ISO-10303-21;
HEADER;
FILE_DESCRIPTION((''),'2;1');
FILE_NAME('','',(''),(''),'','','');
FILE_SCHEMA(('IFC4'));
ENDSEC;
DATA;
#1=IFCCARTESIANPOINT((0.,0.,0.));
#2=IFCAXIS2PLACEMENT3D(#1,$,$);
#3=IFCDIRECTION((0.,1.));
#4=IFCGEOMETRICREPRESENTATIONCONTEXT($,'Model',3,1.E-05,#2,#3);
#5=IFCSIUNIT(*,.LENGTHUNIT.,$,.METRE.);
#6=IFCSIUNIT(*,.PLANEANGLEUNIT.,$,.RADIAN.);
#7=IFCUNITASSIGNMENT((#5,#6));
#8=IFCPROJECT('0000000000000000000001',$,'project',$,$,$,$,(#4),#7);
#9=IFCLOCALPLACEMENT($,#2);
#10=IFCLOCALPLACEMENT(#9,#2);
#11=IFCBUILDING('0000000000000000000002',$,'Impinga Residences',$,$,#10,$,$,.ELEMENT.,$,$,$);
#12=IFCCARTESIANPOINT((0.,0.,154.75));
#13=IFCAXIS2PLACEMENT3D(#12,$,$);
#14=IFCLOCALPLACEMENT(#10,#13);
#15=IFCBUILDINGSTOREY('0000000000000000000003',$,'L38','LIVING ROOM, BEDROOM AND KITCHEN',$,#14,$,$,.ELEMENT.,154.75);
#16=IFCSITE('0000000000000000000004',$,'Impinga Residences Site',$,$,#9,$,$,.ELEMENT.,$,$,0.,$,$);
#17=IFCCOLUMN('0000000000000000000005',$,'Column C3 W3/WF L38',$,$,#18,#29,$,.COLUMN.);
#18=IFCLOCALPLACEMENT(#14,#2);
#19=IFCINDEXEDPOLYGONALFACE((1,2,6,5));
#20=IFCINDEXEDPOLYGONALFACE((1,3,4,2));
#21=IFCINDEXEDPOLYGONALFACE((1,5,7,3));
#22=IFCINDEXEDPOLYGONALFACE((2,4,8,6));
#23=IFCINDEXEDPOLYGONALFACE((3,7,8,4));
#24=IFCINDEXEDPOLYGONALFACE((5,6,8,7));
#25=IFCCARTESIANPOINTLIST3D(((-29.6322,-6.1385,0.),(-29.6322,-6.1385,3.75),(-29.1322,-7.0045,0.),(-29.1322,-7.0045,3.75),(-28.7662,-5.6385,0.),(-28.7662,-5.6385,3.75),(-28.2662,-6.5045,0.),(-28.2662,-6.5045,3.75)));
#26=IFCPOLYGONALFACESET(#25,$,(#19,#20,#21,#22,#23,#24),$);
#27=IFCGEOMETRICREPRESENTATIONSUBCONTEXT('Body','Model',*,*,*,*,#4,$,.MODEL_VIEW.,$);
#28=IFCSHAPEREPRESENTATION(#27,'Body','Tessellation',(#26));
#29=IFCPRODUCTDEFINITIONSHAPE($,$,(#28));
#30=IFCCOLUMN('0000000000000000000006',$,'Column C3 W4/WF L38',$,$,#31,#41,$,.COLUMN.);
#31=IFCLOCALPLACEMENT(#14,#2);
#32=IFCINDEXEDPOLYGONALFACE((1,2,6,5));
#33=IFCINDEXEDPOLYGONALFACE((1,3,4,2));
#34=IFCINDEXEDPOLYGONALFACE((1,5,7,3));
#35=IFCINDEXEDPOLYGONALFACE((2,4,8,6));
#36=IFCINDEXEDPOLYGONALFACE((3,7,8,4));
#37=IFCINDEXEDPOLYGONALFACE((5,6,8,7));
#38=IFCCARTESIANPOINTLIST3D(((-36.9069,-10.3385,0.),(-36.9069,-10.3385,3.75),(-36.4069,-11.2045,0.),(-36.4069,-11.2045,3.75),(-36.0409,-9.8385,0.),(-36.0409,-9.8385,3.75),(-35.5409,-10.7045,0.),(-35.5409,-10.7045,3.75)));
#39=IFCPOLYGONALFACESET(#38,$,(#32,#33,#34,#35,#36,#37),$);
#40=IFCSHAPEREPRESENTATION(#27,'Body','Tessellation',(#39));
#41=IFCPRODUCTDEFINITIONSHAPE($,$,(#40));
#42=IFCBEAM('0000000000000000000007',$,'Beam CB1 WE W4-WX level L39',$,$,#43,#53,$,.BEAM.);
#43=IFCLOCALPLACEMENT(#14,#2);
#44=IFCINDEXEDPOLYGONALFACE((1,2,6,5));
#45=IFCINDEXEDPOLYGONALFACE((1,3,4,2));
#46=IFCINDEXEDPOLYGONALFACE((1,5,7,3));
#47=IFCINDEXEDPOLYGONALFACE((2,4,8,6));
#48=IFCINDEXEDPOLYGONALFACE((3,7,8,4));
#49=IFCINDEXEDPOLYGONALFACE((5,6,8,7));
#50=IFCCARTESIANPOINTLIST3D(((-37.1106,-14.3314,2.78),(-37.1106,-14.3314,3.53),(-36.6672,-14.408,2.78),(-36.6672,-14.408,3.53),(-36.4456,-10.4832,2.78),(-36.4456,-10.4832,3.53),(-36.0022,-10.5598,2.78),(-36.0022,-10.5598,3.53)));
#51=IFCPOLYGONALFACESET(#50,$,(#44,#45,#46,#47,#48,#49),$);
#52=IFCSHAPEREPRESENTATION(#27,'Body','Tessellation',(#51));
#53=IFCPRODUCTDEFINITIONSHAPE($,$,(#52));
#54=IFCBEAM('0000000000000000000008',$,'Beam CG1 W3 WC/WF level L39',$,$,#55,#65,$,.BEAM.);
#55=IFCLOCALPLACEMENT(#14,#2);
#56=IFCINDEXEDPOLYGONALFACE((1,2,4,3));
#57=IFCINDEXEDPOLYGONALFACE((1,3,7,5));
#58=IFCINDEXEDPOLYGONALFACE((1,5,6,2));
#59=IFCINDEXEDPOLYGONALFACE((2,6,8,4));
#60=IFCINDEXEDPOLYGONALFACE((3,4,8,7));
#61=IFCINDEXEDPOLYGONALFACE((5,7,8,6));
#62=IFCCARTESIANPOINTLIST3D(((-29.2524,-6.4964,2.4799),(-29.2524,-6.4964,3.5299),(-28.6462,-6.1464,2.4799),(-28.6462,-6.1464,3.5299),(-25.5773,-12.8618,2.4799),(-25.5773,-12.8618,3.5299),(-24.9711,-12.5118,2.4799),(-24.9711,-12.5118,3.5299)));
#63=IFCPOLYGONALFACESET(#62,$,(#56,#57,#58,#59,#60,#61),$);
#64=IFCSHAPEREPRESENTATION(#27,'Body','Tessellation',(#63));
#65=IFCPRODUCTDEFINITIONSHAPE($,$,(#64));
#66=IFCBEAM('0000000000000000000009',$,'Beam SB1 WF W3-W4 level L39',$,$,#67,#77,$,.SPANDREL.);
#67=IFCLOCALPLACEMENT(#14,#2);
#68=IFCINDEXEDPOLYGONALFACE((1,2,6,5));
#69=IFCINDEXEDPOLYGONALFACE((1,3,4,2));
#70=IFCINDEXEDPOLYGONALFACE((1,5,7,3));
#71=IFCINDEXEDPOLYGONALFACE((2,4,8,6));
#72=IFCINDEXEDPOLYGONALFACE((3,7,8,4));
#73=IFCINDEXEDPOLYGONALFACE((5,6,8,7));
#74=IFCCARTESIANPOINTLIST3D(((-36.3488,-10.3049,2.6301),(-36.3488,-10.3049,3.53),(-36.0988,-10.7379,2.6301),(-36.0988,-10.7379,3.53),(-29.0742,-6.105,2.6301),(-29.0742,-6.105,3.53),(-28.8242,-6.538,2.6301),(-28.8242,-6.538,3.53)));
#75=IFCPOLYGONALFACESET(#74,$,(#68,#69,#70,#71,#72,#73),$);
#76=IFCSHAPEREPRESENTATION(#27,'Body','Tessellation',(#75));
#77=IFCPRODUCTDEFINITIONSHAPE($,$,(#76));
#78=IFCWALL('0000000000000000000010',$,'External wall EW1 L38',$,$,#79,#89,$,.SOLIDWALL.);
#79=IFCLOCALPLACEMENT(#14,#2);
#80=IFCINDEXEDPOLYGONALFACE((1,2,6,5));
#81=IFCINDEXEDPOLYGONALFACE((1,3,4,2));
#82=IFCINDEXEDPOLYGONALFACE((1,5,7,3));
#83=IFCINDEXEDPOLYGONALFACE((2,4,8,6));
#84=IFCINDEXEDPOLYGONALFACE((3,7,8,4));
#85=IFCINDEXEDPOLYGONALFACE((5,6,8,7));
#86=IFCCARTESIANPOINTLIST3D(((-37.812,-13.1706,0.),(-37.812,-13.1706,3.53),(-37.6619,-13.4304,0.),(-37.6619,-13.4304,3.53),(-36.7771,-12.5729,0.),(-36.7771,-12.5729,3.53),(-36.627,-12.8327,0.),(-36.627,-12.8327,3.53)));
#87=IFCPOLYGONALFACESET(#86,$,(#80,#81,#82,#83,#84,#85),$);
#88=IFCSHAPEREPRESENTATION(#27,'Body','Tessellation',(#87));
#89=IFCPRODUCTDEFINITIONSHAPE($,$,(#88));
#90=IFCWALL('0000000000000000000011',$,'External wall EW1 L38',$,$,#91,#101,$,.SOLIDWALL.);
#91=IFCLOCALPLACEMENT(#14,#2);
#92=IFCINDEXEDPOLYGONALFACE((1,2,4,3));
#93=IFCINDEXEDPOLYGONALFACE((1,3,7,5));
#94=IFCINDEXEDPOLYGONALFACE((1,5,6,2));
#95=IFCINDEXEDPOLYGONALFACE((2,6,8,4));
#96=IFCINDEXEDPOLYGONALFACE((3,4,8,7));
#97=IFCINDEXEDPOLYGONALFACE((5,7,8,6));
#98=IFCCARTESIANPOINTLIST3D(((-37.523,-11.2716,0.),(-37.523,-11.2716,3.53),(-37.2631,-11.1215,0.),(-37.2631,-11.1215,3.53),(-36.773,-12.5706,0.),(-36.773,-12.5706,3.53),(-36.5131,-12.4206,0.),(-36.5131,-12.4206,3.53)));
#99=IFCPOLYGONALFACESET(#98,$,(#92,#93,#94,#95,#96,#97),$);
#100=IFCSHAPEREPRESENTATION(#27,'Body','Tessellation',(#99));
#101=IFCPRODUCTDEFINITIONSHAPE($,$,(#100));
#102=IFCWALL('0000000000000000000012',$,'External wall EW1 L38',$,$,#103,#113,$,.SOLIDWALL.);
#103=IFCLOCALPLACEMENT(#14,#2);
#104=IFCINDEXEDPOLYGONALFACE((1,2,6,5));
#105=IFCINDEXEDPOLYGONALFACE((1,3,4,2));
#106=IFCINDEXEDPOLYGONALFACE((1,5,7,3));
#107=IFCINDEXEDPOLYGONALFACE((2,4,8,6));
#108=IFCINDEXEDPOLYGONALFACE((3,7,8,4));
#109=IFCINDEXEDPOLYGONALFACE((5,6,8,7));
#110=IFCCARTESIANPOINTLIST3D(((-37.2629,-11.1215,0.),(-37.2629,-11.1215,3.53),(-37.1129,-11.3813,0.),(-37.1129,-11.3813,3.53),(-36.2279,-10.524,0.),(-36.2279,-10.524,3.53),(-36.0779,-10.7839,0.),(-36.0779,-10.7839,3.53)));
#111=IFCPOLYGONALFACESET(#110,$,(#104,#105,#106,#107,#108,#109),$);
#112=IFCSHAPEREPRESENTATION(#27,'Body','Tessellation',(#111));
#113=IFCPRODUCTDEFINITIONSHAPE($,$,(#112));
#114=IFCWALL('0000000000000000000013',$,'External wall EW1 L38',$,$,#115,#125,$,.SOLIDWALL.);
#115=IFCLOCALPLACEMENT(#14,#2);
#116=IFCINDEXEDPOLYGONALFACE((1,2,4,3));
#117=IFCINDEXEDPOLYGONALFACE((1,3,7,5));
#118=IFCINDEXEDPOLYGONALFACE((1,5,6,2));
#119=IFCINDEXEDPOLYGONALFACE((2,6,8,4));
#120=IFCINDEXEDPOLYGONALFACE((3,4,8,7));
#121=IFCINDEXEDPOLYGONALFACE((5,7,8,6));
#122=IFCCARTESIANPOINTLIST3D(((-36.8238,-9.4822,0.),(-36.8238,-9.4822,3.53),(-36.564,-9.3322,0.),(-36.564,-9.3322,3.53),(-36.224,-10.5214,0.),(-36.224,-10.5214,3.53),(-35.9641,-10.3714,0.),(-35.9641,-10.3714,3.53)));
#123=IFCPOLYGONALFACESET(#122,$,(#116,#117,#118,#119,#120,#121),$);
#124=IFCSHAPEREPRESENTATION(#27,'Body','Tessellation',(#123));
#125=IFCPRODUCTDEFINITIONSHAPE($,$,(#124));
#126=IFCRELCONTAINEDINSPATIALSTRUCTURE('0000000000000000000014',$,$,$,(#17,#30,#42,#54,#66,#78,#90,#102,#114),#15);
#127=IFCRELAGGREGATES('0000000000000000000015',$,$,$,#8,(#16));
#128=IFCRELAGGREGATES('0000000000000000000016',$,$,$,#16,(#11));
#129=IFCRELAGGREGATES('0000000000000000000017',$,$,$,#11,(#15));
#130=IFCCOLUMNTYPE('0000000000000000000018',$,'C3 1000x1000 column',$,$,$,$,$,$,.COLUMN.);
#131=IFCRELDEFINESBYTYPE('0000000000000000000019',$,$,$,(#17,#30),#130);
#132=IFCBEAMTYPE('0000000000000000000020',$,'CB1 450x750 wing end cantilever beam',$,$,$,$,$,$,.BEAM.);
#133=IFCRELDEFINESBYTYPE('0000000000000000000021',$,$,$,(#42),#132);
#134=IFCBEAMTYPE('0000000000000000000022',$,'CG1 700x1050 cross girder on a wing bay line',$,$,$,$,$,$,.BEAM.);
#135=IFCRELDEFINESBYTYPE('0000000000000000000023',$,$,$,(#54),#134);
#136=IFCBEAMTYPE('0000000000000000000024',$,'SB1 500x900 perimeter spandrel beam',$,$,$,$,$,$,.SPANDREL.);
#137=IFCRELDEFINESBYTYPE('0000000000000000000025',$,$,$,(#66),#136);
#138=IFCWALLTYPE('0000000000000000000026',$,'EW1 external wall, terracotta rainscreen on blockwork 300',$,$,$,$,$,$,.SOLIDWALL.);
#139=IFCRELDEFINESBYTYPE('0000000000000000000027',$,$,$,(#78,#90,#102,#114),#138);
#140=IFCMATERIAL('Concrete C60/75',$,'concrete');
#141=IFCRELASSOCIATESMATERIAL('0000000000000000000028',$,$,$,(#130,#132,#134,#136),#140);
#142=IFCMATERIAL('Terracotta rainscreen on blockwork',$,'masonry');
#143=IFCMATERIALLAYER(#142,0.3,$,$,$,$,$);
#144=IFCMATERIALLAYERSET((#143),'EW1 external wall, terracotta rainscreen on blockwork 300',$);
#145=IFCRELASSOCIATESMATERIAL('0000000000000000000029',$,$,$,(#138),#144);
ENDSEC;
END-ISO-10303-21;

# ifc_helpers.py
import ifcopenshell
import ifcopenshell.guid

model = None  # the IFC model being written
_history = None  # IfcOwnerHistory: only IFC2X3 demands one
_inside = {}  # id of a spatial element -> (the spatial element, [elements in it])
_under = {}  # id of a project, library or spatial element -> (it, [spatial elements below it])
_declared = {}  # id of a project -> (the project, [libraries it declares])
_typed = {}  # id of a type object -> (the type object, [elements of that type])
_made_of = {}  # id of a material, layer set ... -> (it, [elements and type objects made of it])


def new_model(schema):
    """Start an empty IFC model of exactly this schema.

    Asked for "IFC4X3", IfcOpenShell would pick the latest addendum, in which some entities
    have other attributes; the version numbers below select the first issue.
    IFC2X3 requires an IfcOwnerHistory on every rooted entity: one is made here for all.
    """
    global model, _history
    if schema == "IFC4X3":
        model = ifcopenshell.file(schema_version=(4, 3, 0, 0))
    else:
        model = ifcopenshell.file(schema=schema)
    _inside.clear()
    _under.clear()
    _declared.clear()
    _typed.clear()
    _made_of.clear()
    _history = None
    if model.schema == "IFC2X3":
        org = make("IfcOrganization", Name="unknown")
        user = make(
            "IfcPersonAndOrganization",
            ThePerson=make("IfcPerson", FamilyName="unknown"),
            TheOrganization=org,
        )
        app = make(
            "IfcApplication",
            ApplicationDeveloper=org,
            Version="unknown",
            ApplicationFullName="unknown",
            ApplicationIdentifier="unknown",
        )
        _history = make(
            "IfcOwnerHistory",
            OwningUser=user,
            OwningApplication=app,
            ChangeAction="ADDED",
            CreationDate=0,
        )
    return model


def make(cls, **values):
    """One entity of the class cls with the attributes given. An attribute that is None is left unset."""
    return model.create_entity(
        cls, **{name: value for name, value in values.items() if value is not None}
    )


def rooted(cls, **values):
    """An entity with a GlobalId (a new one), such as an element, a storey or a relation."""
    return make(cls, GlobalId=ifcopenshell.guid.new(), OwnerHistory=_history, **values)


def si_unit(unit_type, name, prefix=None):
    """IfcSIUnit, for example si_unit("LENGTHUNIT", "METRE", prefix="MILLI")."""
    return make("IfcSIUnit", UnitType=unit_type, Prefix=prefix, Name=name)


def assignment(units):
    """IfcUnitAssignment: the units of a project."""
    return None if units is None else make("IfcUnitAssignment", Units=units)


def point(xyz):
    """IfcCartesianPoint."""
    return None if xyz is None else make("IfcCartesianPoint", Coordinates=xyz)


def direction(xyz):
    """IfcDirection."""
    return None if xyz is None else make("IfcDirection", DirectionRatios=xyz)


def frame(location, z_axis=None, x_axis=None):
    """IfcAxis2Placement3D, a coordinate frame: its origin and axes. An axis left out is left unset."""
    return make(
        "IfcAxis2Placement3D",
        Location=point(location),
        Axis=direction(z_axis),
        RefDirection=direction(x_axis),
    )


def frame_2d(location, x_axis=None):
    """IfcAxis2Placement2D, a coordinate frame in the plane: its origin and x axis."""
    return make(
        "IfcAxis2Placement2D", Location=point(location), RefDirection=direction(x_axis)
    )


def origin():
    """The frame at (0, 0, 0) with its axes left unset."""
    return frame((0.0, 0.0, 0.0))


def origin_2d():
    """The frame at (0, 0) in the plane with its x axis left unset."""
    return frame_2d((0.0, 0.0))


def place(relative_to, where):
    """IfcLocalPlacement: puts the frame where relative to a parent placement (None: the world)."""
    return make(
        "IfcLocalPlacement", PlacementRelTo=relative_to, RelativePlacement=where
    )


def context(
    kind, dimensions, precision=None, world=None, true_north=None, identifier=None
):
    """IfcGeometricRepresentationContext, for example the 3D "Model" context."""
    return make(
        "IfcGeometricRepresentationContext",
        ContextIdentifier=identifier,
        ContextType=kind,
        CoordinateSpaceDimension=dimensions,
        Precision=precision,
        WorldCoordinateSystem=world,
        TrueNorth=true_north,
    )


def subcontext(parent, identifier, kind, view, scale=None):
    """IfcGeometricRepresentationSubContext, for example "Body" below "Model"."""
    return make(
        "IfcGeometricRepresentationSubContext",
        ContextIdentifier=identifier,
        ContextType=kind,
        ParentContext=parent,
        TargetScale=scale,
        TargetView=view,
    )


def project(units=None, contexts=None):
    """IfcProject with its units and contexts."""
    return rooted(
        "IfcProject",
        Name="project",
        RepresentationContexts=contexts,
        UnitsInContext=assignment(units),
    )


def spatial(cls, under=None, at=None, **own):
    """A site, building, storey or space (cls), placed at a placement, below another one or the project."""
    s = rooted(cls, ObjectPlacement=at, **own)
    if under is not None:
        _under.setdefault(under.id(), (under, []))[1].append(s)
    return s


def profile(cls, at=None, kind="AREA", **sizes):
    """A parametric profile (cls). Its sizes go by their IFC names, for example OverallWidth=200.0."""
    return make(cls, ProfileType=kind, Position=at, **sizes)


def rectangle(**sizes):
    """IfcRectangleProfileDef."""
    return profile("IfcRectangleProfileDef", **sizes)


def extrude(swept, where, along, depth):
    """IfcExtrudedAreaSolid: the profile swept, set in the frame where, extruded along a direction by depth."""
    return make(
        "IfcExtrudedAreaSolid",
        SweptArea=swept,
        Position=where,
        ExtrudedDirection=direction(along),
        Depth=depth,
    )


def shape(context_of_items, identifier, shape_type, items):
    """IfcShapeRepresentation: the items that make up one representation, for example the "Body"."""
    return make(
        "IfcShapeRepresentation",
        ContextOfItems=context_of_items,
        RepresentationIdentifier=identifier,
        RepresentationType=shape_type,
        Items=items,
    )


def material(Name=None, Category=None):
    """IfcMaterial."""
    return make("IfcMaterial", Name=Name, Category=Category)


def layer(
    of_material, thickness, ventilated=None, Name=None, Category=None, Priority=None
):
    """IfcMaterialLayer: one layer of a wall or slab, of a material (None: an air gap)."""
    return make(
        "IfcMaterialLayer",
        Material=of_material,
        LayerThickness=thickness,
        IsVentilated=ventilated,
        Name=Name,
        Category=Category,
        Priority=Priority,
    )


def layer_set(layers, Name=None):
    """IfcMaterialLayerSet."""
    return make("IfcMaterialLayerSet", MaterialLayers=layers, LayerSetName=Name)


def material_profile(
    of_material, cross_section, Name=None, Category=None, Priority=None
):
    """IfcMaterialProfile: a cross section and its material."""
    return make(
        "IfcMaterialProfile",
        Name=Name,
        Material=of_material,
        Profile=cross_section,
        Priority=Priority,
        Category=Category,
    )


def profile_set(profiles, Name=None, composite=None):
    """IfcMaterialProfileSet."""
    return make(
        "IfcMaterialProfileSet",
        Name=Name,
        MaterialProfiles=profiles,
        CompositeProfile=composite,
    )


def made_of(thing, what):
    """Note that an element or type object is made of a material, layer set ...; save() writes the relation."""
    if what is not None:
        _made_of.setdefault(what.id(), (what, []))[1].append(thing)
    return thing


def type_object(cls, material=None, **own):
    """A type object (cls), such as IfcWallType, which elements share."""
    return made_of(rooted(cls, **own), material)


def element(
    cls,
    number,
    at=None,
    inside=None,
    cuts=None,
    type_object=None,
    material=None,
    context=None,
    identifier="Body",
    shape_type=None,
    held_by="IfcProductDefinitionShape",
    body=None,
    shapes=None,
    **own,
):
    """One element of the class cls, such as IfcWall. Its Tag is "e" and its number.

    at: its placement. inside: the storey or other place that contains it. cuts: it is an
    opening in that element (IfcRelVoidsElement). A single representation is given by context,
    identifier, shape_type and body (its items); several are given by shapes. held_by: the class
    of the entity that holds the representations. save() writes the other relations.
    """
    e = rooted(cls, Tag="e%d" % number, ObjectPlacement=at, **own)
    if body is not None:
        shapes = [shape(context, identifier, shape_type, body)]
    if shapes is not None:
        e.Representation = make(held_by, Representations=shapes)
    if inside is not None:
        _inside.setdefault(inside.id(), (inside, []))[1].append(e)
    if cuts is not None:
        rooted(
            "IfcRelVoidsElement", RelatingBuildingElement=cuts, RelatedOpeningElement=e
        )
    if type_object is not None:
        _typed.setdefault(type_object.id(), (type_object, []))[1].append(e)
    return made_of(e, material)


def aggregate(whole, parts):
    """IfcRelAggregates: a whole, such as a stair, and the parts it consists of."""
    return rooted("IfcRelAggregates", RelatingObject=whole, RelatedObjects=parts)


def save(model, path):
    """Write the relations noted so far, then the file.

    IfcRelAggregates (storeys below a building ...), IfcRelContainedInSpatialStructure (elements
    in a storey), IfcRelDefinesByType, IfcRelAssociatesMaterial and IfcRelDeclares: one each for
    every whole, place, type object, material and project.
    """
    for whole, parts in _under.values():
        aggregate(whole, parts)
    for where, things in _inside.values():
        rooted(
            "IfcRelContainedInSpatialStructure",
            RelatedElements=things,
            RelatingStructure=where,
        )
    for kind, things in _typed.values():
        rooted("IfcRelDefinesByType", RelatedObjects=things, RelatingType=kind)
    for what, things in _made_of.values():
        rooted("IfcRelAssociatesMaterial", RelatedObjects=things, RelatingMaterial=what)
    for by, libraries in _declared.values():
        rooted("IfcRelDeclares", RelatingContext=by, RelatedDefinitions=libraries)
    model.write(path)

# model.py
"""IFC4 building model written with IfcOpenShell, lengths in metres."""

from ifc_helpers import new_model, si_unit, direction, frame, frame_2d, origin, origin_2d, place, context, subcontext, project, spatial, rectangle, extrude, material, layer, layer_set, material_profile, profile_set, type_object, element, save


model = new_model("IFC4")

# Units and contexts
model_context = context("Model", 3, precision=1e-05, world=origin(), true_north=direction((0.0, 1.0)))
body_context = subcontext(model_context, "Body", "Model", "MODEL_VIEW")
ifc_project = project(units=[si_unit("LENGTHUNIT", "METRE"), si_unit("PLANEANGLEUNIT", "RADIAN")], contexts=[model_context])

# Site, building, storey
site_placement = place(None, origin())
site = spatial("IfcSite", under=ifc_project, at=site_placement, Name="Impinga Residences Site", CompositionType="ELEMENT", RefElevation=0.0)
building_placement = place(site_placement, origin())
building = spatial("IfcBuilding", under=site, at=building_placement, Name="Impinga Residences", CompositionType="ELEMENT")
storey_placement = place(building_placement, frame((0.0, 0.0, 154.75)))
storey = spatial("IfcBuildingStorey", under=building, at=storey_placement, Name="L38", Description="LIVING ROOM, BEDROOM AND KITCHEN", CompositionType="ELEMENT", Elevation=154.75)

# Columns
ifc_material_1 = material(Name="Concrete C60/75", Category="concrete")
ifc_material_profile_1 = material_profile(ifc_material_1, rectangle(XDim=1.0, YDim=1.0, at=origin_2d()), Name="RC 1000x1000")
ifc_profile_set_1 = profile_set([ifc_material_profile_1], Name="Concrete C60/75")
column_type = type_object("IfcColumnType", Name="C3 1000x1000 column", PredefinedType="COLUMN", material=ifc_profile_set_1)
for number, where, z_axis, x_axis, name in (
    (1, (-28.9492, -6.3215, 0.0), (0.0, 0.0, 1.0), (-0.5, 0.866025, 0.0), "Column C3 W3/WF L38"),
    (2, (-36.2239, -10.5215, 0.0), (0.0, 0.0, 1.0), (-0.5, 0.866025, 0.0), "Column C3 W4/WF L38"),
):
    element("IfcColumn", number, at=place(storey_placement, frame(where, z_axis=z_axis, x_axis=x_axis)), inside=storey, type_object=column_type, Name=name, PredefinedType="COLUMN", context=body_context, shape_type="SweptSolid", body=[
        extrude(rectangle(XDim=1.0, YDim=1.0, at=origin_2d()), origin(), (0.0, 0.0, 1.0), 3.75),
    ])

# Beams
ifc_material_profile_2 = material_profile(ifc_material_1, rectangle(XDim=0.45, YDim=0.75, at=origin_2d()), Name="RC 450x750")
ifc_profile_set_2 = profile_set([ifc_material_profile_2], Name="Concrete C60/75")
beam_type_1 = type_object("IfcBeamType", Name="CB1 450x750 wing end cantilever beam", PredefinedType="BEAM", material=ifc_profile_set_2)
beam_1_placement = place(storey_placement, frame((-36.2239, -10.5215, 3.155), z_axis=(-0.170296, -0.985393, 0.0), x_axis=(0.985393, -0.170296, 0.0)))
element("IfcBeam", 3, at=beam_1_placement, inside=storey, type_object=beam_type_1, Name="Beam CB1 WE W4-WX level L39", PredefinedType="BEAM", context=body_context, shape_type="SweptSolid", body=[
    extrude(rectangle(XDim=0.45, YDim=0.75, at=origin_2d()), origin(), (0.0, 0.0, 1.0), 3.9053),
])
ifc_material_profile_3 = material_profile(ifc_material_1, rectangle(XDim=0.7, YDim=1.05, at=origin_2d()), Name="RC 700x1050")
ifc_profile_set_3 = profile_set([ifc_material_profile_3], Name="Concrete C60/75")
beam_type_2 = type_object("IfcBeamType", Name="CG1 700x1050 cross girder on a wing bay line", PredefinedType="BEAM", material=ifc_profile_set_3)
beam_2_placement = place(storey_placement, frame((-25.2742, -12.6868, 3.0049), z_axis=(-0.500008, 0.866021, 0.0), x_axis=(-0.866021, -0.500008, 0.0)))
element("IfcBeam", 4, at=beam_2_placement, inside=storey, type_object=beam_type_2, Name="Beam CG1 W3 WC/WF level L39", PredefinedType="BEAM", context=body_context, shape_type="SweptSolid", body=[
    extrude(rectangle(XDim=0.7, YDim=1.05, at=origin_2d()), origin(), (0.0, 0.0, 1.0), 7.3501),
])
ifc_material_profile_4 = material_profile(ifc_material_1, rectangle(XDim=0.5, YDim=0.8999, at=origin_2d()), Name="RC 500x900")
ifc_profile_set_4 = profile_set([ifc_material_profile_4], Name="Concrete C60/75")
beam_type_3 = type_object("IfcBeamType", Name="SB1 500x900 perimeter spandrel beam", PredefinedType="SPANDREL", material=ifc_profile_set_4)
beam_3_placement = place(storey_placement, frame((-28.9492, -6.3215, 3.0801), z_axis=(-0.866029, -0.499993, 0.0), x_axis=(0.499993, -0.866029, 0.0)))
element("IfcBeam", 5, at=beam_3_placement, inside=storey, type_object=beam_type_3, Name="Beam SB1 WF W3-W4 level L39", PredefinedType="SPANDREL", context=body_context, shape_type="SweptSolid", body=[
    extrude(rectangle(XDim=0.5, YDim=0.8999, at=origin_2d()), origin(), (0.0, 0.0, 1.0), 8.3999),
])

# Walls
ifc_material_2 = material(Name="Terracotta rainscreen on blockwork", Category="masonry")
ifc_layer_1 = layer(ifc_material_2, 0.3)
ifc_layer_set_1 = layer_set([ifc_layer_1], Name="EW1 external wall, terracotta rainscreen on blockwork 300")
wall_type_1 = type_object("IfcWallType", Name="EW1 external wall, terracotta rainscreen on blockwork 300", PredefinedType="SOLIDWALL", material=ifc_layer_set_1)
wall_1_placement = place(storey_placement, frame((-37.7371, -13.3005, 0.0), z_axis=(0.0, 0.0, 1.0), x_axis=(0.865971, 0.500094, 0.0)))
element("IfcWall", 6, at=wall_1_placement, inside=storey, type_object=wall_type_1, Name="External wall EW1 L38", PredefinedType="SOLIDWALL", context=body_context, shape_type="SweptSolid", body=[
    extrude(rectangle(XDim=1.1951, YDim=0.3, at=frame_2d((0.5977, 0.0))), origin(), (0.0, 0.0, 1.0), 3.53),
])
wall_2_placement = place(storey_placement, frame((-36.6431, -12.4956, 0.0), z_axis=(0.0, 0.0, 1.0), x_axis=(-0.49999, 0.866031, 0.0)))
element("IfcWall", 7, at=wall_2_placement, inside=storey, type_object=wall_type_1, Name="External wall EW1 L38", PredefinedType="SOLIDWALL", context=body_context, shape_type="SweptSolid", body=[
    extrude(rectangle(XDim=1.5, YDim=0.3, at=frame_2d((0.75, 0.0))), origin(), (0.0, 0.0, 1.0), 3.53),
])
wall_3_placement = place(storey_placement, frame((-37.188, -11.2515, 0.0), z_axis=(0.0, 0.0, 1.0), x_axis=(0.86606, 0.499941, 0.0)))
element("IfcWall", 8, at=wall_3_placement, inside=storey, type_object=wall_type_1, Name="External wall EW1 L38", PredefinedType="SOLIDWALL", context=body_context, shape_type="SweptSolid", body=[
    extrude(rectangle(XDim=1.1951, YDim=0.3, at=frame_2d((0.5977, 0.0))), origin(), (0.0, 0.0, 1.0), 3.53),
])
wall_4_placement = place(storey_placement, frame((-36.094, -10.4465, 0.0), z_axis=(0.0, 0.0, 1.0), x_axis=(-0.499881, 0.866094, 0.0)))
element("IfcWall", 9, at=wall_4_placement, inside=storey, type_object=wall_type_1, Name="External wall EW1 L38", PredefinedType="SOLIDWALL", context=body_context, shape_type="SweptSolid", body=[
    extrude(rectangle(XDim=1.2, YDim=0.3, at=frame_2d((0.6001, 0.0))), origin(), (0.0, 0.0, 1.0), 3.53),
])

save(model, "model.ifc")
